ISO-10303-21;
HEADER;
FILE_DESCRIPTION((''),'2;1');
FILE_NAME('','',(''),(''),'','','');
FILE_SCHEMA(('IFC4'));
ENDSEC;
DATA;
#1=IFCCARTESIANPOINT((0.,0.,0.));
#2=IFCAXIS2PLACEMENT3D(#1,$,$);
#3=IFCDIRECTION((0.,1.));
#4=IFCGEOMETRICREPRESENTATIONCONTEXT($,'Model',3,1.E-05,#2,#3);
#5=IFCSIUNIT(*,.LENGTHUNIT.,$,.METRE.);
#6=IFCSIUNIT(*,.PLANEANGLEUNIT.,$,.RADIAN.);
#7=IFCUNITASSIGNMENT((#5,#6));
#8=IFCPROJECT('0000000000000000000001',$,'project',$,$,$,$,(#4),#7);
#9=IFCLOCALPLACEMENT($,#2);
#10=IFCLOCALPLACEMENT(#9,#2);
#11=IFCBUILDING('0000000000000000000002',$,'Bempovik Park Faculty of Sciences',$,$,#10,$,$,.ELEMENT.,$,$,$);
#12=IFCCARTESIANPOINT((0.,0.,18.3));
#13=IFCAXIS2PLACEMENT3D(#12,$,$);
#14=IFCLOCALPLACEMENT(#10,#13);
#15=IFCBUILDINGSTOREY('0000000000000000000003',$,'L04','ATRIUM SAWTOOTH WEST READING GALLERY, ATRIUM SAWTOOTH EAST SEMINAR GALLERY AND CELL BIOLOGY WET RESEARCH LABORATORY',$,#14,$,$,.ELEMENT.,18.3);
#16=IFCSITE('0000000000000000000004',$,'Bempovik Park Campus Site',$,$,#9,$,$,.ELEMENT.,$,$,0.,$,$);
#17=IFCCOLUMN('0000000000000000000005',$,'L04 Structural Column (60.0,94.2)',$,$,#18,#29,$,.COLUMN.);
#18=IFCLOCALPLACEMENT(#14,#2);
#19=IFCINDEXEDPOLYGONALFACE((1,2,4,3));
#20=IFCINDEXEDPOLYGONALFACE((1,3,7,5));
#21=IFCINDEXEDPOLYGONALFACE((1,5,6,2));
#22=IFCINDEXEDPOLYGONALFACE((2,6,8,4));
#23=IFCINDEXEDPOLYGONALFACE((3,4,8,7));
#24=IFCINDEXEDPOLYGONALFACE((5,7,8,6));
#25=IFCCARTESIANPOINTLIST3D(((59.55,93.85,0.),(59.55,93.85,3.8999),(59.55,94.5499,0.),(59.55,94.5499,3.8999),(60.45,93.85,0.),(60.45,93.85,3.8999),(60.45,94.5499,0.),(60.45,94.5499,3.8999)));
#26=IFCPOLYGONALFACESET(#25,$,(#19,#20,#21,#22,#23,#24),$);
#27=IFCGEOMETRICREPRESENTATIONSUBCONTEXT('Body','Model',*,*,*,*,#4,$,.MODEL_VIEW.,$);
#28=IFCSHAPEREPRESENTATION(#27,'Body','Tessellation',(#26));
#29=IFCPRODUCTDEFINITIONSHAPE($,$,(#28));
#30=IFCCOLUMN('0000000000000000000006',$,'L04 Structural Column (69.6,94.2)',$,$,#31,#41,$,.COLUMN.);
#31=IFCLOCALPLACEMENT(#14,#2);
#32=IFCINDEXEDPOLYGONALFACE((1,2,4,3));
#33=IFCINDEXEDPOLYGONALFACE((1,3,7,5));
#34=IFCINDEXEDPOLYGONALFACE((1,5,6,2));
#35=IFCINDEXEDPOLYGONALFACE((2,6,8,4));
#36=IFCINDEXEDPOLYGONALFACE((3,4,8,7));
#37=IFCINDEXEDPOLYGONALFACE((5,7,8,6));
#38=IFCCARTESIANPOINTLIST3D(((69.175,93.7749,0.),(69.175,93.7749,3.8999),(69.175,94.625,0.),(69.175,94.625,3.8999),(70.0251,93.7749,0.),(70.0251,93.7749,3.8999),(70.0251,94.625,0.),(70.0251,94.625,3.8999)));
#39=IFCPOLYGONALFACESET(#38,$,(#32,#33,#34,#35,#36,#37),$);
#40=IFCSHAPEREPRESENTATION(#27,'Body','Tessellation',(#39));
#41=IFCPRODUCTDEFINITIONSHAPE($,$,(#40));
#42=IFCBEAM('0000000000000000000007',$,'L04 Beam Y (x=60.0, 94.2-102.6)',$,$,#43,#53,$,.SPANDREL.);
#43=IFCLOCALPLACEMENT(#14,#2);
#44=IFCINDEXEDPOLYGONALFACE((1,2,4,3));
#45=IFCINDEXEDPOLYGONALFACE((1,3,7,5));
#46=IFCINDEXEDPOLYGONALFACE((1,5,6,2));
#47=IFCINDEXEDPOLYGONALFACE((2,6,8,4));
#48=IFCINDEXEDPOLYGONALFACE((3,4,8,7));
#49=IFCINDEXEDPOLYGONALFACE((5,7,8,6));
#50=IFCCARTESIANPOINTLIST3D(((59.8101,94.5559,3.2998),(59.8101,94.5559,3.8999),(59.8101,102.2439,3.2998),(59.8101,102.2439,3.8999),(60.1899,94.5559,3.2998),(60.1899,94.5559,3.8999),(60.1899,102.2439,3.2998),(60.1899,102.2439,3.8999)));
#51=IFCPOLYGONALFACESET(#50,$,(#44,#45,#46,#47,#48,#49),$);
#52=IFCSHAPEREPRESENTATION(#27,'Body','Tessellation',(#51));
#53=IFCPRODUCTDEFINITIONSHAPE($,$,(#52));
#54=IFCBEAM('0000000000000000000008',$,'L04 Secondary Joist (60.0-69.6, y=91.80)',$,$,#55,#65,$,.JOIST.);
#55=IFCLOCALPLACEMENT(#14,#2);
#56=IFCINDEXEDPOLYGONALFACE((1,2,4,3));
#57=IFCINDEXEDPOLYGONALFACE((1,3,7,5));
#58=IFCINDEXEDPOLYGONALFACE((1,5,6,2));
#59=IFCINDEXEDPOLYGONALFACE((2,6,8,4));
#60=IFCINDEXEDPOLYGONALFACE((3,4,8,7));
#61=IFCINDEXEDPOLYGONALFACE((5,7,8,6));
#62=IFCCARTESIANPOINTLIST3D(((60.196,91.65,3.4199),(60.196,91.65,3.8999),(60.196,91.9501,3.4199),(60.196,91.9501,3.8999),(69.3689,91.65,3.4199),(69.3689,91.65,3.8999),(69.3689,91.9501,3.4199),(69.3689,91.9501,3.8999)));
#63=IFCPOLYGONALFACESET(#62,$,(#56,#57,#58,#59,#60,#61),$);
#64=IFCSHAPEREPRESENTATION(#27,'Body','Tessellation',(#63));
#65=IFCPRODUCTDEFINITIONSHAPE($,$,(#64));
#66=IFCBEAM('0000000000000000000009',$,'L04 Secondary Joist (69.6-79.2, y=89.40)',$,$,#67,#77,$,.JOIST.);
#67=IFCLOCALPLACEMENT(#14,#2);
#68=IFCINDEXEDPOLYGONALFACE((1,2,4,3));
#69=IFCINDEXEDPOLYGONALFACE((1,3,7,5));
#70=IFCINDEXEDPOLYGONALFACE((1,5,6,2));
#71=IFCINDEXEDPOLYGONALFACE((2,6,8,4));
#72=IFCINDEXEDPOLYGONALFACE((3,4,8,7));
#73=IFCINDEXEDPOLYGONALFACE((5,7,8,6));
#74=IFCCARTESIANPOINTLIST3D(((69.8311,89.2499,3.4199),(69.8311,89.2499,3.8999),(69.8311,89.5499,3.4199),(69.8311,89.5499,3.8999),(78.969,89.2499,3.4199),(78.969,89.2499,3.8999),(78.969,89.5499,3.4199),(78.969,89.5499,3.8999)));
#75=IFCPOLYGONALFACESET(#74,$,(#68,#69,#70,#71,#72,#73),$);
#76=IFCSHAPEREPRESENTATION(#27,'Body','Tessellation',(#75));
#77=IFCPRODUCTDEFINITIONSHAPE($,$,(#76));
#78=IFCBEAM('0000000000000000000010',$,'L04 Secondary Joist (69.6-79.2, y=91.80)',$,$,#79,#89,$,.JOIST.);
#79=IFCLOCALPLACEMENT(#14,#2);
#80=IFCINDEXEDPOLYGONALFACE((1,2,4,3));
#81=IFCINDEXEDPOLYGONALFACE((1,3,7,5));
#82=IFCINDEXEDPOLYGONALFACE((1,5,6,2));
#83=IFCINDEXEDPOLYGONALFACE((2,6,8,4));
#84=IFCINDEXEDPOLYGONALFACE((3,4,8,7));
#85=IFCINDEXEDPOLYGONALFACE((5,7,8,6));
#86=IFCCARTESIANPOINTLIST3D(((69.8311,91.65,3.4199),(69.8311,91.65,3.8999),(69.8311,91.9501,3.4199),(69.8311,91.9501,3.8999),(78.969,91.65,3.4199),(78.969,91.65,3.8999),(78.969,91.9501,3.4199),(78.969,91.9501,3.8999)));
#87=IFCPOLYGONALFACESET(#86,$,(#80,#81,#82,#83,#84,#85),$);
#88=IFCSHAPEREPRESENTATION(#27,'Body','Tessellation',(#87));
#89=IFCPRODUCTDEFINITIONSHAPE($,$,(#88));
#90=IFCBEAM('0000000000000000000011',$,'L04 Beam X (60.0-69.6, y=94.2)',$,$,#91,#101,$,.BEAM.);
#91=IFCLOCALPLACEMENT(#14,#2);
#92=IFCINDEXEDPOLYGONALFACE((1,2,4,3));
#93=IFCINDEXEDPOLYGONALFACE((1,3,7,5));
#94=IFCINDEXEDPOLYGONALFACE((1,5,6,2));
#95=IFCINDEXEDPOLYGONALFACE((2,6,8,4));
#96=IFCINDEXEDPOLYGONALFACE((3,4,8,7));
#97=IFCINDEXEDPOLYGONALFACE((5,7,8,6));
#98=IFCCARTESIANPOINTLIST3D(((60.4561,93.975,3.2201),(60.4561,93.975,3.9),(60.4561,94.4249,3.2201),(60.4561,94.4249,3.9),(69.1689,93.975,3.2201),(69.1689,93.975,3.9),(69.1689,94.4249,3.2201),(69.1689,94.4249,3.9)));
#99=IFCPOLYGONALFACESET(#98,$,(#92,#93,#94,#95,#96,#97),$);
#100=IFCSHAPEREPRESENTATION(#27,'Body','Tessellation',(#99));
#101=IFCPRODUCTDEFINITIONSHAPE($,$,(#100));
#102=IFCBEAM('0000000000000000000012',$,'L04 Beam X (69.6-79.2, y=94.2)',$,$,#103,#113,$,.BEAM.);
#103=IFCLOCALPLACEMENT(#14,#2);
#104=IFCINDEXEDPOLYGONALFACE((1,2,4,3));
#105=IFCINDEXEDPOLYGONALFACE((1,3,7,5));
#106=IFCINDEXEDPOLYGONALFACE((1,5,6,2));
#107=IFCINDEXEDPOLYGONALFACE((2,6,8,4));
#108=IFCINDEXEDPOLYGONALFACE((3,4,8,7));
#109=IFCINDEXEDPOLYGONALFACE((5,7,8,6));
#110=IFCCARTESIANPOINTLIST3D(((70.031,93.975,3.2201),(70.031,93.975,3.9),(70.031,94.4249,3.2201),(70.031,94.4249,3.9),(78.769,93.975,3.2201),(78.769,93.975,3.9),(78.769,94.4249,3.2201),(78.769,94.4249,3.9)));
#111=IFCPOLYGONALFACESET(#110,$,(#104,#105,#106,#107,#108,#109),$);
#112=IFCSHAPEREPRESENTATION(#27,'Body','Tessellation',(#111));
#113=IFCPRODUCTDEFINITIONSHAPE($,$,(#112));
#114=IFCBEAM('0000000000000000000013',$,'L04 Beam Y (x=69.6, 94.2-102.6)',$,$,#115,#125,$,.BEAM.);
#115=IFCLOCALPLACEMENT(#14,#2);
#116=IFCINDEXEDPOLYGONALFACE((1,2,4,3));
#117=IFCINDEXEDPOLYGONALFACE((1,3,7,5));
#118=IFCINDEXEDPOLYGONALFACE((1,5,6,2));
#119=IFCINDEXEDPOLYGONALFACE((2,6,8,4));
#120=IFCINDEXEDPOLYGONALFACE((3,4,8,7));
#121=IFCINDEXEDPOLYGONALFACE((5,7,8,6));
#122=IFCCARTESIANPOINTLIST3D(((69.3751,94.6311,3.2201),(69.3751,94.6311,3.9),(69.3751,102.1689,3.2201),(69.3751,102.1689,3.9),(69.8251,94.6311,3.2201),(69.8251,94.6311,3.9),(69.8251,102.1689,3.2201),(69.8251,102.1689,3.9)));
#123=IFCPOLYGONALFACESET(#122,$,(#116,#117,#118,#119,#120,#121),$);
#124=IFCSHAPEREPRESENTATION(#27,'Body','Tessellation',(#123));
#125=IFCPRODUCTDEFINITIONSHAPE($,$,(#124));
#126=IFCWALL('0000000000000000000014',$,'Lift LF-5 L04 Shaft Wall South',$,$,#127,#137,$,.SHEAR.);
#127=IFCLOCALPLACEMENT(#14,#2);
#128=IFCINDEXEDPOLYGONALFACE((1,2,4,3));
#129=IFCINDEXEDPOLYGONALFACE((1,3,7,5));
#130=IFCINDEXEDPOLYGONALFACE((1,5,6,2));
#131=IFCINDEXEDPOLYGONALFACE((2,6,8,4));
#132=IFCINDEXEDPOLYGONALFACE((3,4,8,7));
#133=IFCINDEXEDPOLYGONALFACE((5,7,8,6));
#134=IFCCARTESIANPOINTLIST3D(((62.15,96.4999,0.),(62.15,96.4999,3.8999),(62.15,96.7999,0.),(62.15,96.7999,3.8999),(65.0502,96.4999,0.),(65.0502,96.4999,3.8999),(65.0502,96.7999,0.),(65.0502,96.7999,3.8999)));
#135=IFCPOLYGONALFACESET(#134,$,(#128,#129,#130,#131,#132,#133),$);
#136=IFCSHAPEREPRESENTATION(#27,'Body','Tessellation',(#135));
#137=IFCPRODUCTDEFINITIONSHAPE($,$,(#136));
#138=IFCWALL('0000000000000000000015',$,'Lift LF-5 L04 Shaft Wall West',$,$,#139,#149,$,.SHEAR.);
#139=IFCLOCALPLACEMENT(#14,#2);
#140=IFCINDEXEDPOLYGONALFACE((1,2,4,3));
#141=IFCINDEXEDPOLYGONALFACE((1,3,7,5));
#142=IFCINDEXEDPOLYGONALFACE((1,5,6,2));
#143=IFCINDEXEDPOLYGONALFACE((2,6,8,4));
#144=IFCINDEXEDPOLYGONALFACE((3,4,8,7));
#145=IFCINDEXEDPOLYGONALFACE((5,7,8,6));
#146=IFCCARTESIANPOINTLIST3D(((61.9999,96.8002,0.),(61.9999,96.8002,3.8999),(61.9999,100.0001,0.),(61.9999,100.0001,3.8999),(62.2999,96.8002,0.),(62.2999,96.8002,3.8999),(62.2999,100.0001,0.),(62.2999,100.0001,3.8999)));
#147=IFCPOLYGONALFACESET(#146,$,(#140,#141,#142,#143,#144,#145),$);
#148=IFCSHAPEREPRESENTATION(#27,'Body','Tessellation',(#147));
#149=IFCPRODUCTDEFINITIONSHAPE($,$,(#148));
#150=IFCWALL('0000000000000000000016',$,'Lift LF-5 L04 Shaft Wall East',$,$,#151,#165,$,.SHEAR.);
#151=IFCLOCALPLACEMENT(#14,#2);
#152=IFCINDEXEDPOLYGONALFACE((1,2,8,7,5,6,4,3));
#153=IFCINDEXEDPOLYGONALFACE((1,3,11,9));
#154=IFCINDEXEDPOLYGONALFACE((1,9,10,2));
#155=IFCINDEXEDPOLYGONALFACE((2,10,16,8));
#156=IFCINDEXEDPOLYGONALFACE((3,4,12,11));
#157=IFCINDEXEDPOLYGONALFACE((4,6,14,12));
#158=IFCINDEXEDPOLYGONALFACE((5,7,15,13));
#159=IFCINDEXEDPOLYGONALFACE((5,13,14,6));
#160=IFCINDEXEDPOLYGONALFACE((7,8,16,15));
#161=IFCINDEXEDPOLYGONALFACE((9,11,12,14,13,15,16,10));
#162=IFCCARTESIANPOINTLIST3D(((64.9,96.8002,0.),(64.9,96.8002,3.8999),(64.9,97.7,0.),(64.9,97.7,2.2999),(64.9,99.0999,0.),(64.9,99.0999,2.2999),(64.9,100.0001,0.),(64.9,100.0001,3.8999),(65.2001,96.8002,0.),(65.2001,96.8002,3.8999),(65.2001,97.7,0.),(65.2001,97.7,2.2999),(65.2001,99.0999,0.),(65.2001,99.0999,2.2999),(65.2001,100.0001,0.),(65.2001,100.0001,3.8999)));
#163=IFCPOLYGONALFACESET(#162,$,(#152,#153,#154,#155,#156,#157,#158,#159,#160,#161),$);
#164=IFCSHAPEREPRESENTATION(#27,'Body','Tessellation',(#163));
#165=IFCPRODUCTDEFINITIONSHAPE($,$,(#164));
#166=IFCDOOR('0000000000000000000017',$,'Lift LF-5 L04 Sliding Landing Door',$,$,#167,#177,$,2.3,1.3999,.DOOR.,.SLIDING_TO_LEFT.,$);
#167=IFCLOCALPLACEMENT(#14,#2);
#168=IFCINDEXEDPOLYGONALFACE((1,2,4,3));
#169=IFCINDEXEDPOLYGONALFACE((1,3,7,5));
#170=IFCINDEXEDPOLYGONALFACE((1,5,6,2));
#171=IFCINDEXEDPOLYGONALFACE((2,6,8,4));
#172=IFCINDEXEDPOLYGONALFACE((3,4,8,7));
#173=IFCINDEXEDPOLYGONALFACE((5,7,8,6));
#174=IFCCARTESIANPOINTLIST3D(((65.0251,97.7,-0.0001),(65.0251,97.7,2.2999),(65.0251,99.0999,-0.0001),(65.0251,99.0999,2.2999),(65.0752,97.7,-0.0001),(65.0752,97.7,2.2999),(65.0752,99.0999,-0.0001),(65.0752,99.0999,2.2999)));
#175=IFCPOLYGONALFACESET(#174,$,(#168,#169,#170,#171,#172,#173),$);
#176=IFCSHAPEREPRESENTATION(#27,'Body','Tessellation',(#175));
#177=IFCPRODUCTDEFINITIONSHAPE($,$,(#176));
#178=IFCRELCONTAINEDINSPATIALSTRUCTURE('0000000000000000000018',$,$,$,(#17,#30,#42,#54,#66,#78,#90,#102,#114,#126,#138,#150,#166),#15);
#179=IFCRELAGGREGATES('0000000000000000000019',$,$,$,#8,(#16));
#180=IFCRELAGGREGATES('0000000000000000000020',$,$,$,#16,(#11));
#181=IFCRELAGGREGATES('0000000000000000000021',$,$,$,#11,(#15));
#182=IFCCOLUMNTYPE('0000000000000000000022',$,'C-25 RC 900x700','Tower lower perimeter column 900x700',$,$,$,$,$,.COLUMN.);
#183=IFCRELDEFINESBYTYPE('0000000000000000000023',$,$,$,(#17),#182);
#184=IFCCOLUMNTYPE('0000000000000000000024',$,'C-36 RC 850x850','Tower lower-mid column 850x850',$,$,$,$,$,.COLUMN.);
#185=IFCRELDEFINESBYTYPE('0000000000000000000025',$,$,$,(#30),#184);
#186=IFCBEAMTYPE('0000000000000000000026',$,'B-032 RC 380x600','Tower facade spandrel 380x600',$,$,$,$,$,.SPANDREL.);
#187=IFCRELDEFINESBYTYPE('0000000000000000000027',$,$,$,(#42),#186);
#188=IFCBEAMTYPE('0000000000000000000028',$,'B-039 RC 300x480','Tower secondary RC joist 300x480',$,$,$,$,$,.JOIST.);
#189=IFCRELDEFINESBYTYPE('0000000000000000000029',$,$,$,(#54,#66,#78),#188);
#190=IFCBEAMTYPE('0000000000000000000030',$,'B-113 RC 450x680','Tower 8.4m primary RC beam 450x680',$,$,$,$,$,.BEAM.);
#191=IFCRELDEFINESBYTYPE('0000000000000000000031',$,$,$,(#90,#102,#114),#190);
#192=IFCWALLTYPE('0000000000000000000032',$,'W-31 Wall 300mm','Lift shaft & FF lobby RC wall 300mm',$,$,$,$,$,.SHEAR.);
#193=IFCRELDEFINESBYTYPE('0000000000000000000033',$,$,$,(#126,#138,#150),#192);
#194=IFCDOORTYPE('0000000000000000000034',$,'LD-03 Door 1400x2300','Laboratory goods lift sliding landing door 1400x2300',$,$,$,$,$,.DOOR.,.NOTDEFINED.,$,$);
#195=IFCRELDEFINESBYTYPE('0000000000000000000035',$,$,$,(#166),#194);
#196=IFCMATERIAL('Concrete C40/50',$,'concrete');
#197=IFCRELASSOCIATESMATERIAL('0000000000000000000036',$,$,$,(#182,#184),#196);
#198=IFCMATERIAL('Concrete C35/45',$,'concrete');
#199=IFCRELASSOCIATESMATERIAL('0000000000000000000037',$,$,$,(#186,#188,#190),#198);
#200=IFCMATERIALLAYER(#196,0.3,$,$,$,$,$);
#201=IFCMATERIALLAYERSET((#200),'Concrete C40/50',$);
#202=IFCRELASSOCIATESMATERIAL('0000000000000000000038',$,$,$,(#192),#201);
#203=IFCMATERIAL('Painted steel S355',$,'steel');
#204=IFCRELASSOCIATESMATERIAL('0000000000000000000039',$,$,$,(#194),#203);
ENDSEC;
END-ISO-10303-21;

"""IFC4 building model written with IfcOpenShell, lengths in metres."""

from ifc_helpers import new_model, si_unit, direction, frame, frame_2d, origin, origin_2d, place, context, subcontext, project, spatial, rectangle, extrude, material, layer, layer_set, material_profile, profile_set, type_object, element, fill, save


model = new_model("IFC4")

# Units and contexts
model_context = context("Model", 3, precision=1e-05, world=origin(), true_north=direction((0.0, 1.0)))
body_context = subcontext(model_context, "Body", "Model", "MODEL_VIEW")
ifc_project = project(units=[si_unit("LENGTHUNIT", "METRE"), si_unit("PLANEANGLEUNIT", "RADIAN")], contexts=[model_context])

# Site, building, storey
site_placement = place(None, origin())
site = spatial("IfcSite", under=ifc_project, at=site_placement, Name="Bempovik Park Campus Site", CompositionType="ELEMENT", RefElevation=0.0)
building_placement = place(site_placement, origin())
building = spatial("IfcBuilding", under=site, at=building_placement, Name="Bempovik Park Faculty of Sciences", CompositionType="ELEMENT")
storey_placement = place(building_placement, frame((0.0, 0.0, 18.3)))
storey = spatial("IfcBuildingStorey", under=building, at=storey_placement, Name="L04", Description="ATRIUM SAWTOOTH WEST READING GALLERY, ATRIUM SAWTOOTH EAST SEMINAR GALLERY AND CELL BIOLOGY WET RESEARCH LABORATORY", CompositionType="ELEMENT", Elevation=18.3)

# Columns
ifc_material_1 = material(Name="Concrete C40/50", Category="concrete")
ifc_material_profile_1 = material_profile(ifc_material_1, rectangle(XDim=0.8999, YDim=0.7, at=origin_2d()), Name="RC 900x700")
ifc_profile_set_1 = profile_set([ifc_material_profile_1], Name="Concrete C40/50")
column_type_1 = type_object("IfcColumnType", Name="C-25 RC 900x700", Description="Tower lower perimeter column 900x700", PredefinedType="COLUMN", material=ifc_profile_set_1)
column_1_placement = place(storey_placement, frame((60.0, 94.2, 0.0), z_axis=(0.0, 0.0, 1.0), x_axis=(1.0, 0.0, 0.0)))
element("IfcColumn", 1, at=column_1_placement, inside=storey, type_object=column_type_1, Name="L04 Structural Column (60.0,94.2)", PredefinedType="COLUMN", context=body_context, shape_type="SweptSolid", body=[
    extrude(rectangle(XDim=0.8999, YDim=0.7, at=origin_2d()), origin(), (0.0, 0.0, 1.0), 3.8999),
])
ifc_material_profile_2 = material_profile(ifc_material_1, rectangle(XDim=0.8501, YDim=0.8501, at=origin_2d()), Name="RC 850x850")
ifc_profile_set_2 = profile_set([ifc_material_profile_2], Name="Concrete C40/50")
column_type_2 = type_object("IfcColumnType", Name="C-36 RC 850x850", Description="Tower lower-mid column 850x850", PredefinedType="COLUMN", material=ifc_profile_set_2)
column_2_placement = place(storey_placement, frame((69.6001, 94.2, 0.0), z_axis=(0.0, 0.0, 1.0), x_axis=(1.0, 0.0, 0.0)))
element("IfcColumn", 2, at=column_2_placement, inside=storey, type_object=column_type_2, Name="L04 Structural Column (69.6,94.2)", PredefinedType="COLUMN", context=body_context, shape_type="SweptSolid", body=[
    extrude(rectangle(XDim=0.8501, YDim=0.8501, at=origin_2d()), origin(), (0.0, 0.0, 1.0), 3.8999),
])

# Beams
ifc_material_2 = material(Name="Concrete C35/45", Category="concrete")
ifc_material_profile_3 = material_profile(ifc_material_2, rectangle(XDim=0.3799, YDim=0.6001, at=origin_2d()), Name="RC 380x600")
ifc_profile_set_3 = profile_set([ifc_material_profile_3], Name="Concrete C35/45")
beam_type_1 = type_object("IfcBeamType", Name="B-032 RC 380x600", Description="Tower facade spandrel 380x600", PredefinedType="SPANDREL", material=ifc_profile_set_3)
beam_1_placement = place(storey_placement, frame((60.0, 94.5559, 3.5999), z_axis=(0.0, 1.0, 0.0), x_axis=(-1.0, 0.0, 0.0)))
element("IfcBeam", 3, at=beam_1_placement, inside=storey, type_object=beam_type_1, Name="L04 Beam Y (x=60.0, 94.2-102.6)", PredefinedType="SPANDREL", context=body_context, shape_type="SweptSolid", body=[
    extrude(rectangle(XDim=0.3799, YDim=0.6001, at=origin_2d()), origin(), (0.0, 0.0, 1.0), 7.688),
])
ifc_material_profile_4 = material_profile(ifc_material_2, rectangle(XDim=0.3, YDim=0.48, at=origin_2d()), Name="RC 300x480")
ifc_profile_set_4 = profile_set([ifc_material_profile_4], Name="Concrete C35/45")
beam_type_2 = type_object("IfcBeamType", Name="B-039 RC 300x480", Description="Tower secondary RC joist 300x480", PredefinedType="JOIST", material=ifc_profile_set_4)
beam_2_placement = place(storey_placement, frame((60.196, 91.8, 3.6599), z_axis=(1.0, 0.0, 0.0), x_axis=(0.0, 1.0, 0.0)))
element("IfcBeam", 4, at=beam_2_placement, inside=storey, type_object=beam_type_2, Name="L04 Secondary Joist (60.0-69.6, y=91.80)", PredefinedType="JOIST", context=body_context, shape_type="SweptSolid", body=[
    extrude(rectangle(XDim=0.3, YDim=0.48, at=origin_2d()), origin(), (0.0, 0.0, 1.0), 9.1729),
])
for number, where, z_axis, x_axis, name in (
    (5, (69.8311, 89.3999, 3.6599), (1.0, 0.0, 0.0), (0.0, 1.0, 0.0), "L04 Secondary Joist (69.6-79.2, y=89.40)"),
    (6, (69.8311, 91.8, 3.6599), (1.0, 0.0, 0.0), (0.0, 1.0, 0.0), "L04 Secondary Joist (69.6-79.2, y=91.80)"),
):
    element("IfcBeam", number, at=place(storey_placement, frame(where, z_axis=z_axis, x_axis=x_axis)), inside=storey, type_object=beam_type_2, Name=name, PredefinedType="JOIST", context=body_context, shape_type="SweptSolid", body=[
        extrude(rectangle(XDim=0.3, YDim=0.48, at=origin_2d()), origin(), (0.0, 0.0, 1.0), 9.1379),
    ])
ifc_material_profile_5 = material_profile(ifc_material_2, rectangle(XDim=0.45, YDim=0.6799, at=origin_2d()), Name="RC 450x680")
ifc_profile_set_5 = profile_set([ifc_material_profile_5], Name="Concrete C35/45")
beam_type_3 = type_object("IfcBeamType", Name="B-113 RC 450x680", Description="Tower 8.4m primary RC beam 450x680", PredefinedType="BEAM", material=ifc_profile_set_5)
beam_3_placement = place(storey_placement, frame((60.4561, 94.2, 3.5601), z_axis=(1.0, 0.0, 0.0), x_axis=(0.0, 1.0, 0.0)))
element("IfcBeam", 7, at=beam_3_placement, inside=storey, type_object=beam_type_3, Name="L04 Beam X (60.0-69.6, y=94.2)", PredefinedType="BEAM", context=body_context, shape_type="SweptSolid", body=[
    extrude(rectangle(XDim=0.45, YDim=0.6799, at=origin_2d()), origin(), (0.0, 0.0, 1.0), 8.7129),
])
beam_4_placement = place(storey_placement, frame((70.031, 94.2, 3.5601), z_axis=(1.0, 0.0, 0.0), x_axis=(0.0, 1.0, 0.0)))
element("IfcBeam", 8, at=beam_4_placement, inside=storey, type_object=beam_type_3, Name="L04 Beam X (69.6-79.2, y=94.2)", PredefinedType="BEAM", context=body_context, shape_type="SweptSolid", body=[
    extrude(rectangle(XDim=0.45, YDim=0.6799, at=origin_2d()), origin(), (0.0, 0.0, 1.0), 8.738),
])
beam_5_placement = place(storey_placement, frame((69.6001, 94.6311, 3.5601), z_axis=(0.0, 1.0, 0.0), x_axis=(-1.0, 0.0, 0.0)))
element("IfcBeam", 9, at=beam_5_placement, inside=storey, type_object=beam_type_3, Name="L04 Beam Y (x=69.6, 94.2-102.6)", PredefinedType="BEAM", context=body_context, shape_type="SweptSolid", body=[
    extrude(rectangle(XDim=0.45, YDim=0.6799, at=origin_2d()), origin(), (0.0, 0.0, 1.0), 7.5378),
])

# Walls
ifc_layer_1 = layer(ifc_material_1, 0.3)
ifc_layer_set_1 = layer_set([ifc_layer_1], Name="Concrete C40/50")
wall_type_1 = type_object("IfcWallType", Name="W-31 Wall 300mm", Description="Lift shaft & FF lobby RC wall 300mm", PredefinedType="SHEAR", material=ifc_layer_set_1)
wall_1_placement = place(storey_placement, frame((62.1499, 96.6499, 0.0), z_axis=(0.0, 0.0, 1.0), x_axis=(1.0, 0.0, 0.0)))
element("IfcWall", 10, at=wall_1_placement, inside=storey, type_object=wall_type_1, Name="Lift LF-5 L04 Shaft Wall South", PredefinedType="SHEAR", context=body_context, shape_type="SweptSolid", body=[
    extrude(rectangle(XDim=2.9001, YDim=0.3, at=frame_2d((1.4502, 0.0))), origin(), (0.0, 0.0, 1.0), 3.8999),
])
wall_2_placement = place(storey_placement, frame((62.1499, 96.8, 0.0), z_axis=(0.0, 0.0, 1.0), x_axis=(0.0, 1.0, 0.0)))
element("IfcWall", 11, at=wall_2_placement, inside=storey, type_object=wall_type_1, Name="Lift LF-5 L04 Shaft Wall West", PredefinedType="SHEAR", context=body_context, shape_type="SweptSolid", body=[
    extrude(rectangle(XDim=3.2, YDim=0.3, at=frame_2d((1.6001, 0.0))), origin(), (0.0, 0.0, 1.0), 3.8999),
])

# Wall, opening, door
wall_3_placement = place(storey_placement, frame((65.05, 96.8, 0.0), z_axis=(0.0, 0.0, 1.0), x_axis=(0.0, 1.0, 0.0)))
wall_3 = element("IfcWall", 12, at=wall_3_placement, inside=storey, type_object=wall_type_1, Name="Lift LF-5 L04 Shaft Wall East", PredefinedType="SHEAR", context=body_context, shape_type="SweptSolid", body=[
    extrude(rectangle(XDim=3.2, YDim=0.3, at=frame_2d((1.6001, 0.0))), origin(), (0.0, 0.0, 1.0), 3.8999),
])
opening_1_placement = place(wall_3_placement, frame((0.8999, 0.0, 0.0)))
opening_1 = element("IfcOpeningElement", 13, at=opening_1_placement, cuts=wall_3, PredefinedType="OPENING", context=body_context, shape_type="SweptSolid", body=[
    extrude(rectangle(XDim=1.3999, YDim=2.3, at=frame_2d((0.7, 1.1499))), frame((0.0, 0.1602, 0.0), z_axis=(0.0, -1.0, 0.0), x_axis=(1.0, 0.0, 0.0)), (0.0, 0.0, 1.0), 0.3201),
])
ifc_material_3 = material(Name="Painted steel S355", Category="steel")
door_type = type_object("IfcDoorType", Name="LD-03 Door 1400x2300", Description="Laboratory goods lift sliding landing door 1400x2300", OperationType="NOTDEFINED", PredefinedType="DOOR", material=ifc_material_3)
door_placement = place(opening_1_placement, origin())
door = element("IfcDoor", 14, at=door_placement, inside=storey, type_object=door_type, Name="Lift LF-5 L04 Sliding Landing Door", OperationType="SLIDING_TO_LEFT", OverallHeight=2.3, OverallWidth=1.3999, PredefinedType="DOOR", context=body_context, shape_type="SweptSolid", body=[
    extrude(rectangle(XDim=1.3999, YDim=2.3, at=frame_2d((0.7, 1.1499))), frame((0.0, 0.0249, 0.0), z_axis=(0.0, -1.0, 0.0), x_axis=(1.0, 0.0, 0.0)), (0.0, 0.0, 1.0), 0.05),
])
fill(opening_1, door)

save(model, "model.ifc")
